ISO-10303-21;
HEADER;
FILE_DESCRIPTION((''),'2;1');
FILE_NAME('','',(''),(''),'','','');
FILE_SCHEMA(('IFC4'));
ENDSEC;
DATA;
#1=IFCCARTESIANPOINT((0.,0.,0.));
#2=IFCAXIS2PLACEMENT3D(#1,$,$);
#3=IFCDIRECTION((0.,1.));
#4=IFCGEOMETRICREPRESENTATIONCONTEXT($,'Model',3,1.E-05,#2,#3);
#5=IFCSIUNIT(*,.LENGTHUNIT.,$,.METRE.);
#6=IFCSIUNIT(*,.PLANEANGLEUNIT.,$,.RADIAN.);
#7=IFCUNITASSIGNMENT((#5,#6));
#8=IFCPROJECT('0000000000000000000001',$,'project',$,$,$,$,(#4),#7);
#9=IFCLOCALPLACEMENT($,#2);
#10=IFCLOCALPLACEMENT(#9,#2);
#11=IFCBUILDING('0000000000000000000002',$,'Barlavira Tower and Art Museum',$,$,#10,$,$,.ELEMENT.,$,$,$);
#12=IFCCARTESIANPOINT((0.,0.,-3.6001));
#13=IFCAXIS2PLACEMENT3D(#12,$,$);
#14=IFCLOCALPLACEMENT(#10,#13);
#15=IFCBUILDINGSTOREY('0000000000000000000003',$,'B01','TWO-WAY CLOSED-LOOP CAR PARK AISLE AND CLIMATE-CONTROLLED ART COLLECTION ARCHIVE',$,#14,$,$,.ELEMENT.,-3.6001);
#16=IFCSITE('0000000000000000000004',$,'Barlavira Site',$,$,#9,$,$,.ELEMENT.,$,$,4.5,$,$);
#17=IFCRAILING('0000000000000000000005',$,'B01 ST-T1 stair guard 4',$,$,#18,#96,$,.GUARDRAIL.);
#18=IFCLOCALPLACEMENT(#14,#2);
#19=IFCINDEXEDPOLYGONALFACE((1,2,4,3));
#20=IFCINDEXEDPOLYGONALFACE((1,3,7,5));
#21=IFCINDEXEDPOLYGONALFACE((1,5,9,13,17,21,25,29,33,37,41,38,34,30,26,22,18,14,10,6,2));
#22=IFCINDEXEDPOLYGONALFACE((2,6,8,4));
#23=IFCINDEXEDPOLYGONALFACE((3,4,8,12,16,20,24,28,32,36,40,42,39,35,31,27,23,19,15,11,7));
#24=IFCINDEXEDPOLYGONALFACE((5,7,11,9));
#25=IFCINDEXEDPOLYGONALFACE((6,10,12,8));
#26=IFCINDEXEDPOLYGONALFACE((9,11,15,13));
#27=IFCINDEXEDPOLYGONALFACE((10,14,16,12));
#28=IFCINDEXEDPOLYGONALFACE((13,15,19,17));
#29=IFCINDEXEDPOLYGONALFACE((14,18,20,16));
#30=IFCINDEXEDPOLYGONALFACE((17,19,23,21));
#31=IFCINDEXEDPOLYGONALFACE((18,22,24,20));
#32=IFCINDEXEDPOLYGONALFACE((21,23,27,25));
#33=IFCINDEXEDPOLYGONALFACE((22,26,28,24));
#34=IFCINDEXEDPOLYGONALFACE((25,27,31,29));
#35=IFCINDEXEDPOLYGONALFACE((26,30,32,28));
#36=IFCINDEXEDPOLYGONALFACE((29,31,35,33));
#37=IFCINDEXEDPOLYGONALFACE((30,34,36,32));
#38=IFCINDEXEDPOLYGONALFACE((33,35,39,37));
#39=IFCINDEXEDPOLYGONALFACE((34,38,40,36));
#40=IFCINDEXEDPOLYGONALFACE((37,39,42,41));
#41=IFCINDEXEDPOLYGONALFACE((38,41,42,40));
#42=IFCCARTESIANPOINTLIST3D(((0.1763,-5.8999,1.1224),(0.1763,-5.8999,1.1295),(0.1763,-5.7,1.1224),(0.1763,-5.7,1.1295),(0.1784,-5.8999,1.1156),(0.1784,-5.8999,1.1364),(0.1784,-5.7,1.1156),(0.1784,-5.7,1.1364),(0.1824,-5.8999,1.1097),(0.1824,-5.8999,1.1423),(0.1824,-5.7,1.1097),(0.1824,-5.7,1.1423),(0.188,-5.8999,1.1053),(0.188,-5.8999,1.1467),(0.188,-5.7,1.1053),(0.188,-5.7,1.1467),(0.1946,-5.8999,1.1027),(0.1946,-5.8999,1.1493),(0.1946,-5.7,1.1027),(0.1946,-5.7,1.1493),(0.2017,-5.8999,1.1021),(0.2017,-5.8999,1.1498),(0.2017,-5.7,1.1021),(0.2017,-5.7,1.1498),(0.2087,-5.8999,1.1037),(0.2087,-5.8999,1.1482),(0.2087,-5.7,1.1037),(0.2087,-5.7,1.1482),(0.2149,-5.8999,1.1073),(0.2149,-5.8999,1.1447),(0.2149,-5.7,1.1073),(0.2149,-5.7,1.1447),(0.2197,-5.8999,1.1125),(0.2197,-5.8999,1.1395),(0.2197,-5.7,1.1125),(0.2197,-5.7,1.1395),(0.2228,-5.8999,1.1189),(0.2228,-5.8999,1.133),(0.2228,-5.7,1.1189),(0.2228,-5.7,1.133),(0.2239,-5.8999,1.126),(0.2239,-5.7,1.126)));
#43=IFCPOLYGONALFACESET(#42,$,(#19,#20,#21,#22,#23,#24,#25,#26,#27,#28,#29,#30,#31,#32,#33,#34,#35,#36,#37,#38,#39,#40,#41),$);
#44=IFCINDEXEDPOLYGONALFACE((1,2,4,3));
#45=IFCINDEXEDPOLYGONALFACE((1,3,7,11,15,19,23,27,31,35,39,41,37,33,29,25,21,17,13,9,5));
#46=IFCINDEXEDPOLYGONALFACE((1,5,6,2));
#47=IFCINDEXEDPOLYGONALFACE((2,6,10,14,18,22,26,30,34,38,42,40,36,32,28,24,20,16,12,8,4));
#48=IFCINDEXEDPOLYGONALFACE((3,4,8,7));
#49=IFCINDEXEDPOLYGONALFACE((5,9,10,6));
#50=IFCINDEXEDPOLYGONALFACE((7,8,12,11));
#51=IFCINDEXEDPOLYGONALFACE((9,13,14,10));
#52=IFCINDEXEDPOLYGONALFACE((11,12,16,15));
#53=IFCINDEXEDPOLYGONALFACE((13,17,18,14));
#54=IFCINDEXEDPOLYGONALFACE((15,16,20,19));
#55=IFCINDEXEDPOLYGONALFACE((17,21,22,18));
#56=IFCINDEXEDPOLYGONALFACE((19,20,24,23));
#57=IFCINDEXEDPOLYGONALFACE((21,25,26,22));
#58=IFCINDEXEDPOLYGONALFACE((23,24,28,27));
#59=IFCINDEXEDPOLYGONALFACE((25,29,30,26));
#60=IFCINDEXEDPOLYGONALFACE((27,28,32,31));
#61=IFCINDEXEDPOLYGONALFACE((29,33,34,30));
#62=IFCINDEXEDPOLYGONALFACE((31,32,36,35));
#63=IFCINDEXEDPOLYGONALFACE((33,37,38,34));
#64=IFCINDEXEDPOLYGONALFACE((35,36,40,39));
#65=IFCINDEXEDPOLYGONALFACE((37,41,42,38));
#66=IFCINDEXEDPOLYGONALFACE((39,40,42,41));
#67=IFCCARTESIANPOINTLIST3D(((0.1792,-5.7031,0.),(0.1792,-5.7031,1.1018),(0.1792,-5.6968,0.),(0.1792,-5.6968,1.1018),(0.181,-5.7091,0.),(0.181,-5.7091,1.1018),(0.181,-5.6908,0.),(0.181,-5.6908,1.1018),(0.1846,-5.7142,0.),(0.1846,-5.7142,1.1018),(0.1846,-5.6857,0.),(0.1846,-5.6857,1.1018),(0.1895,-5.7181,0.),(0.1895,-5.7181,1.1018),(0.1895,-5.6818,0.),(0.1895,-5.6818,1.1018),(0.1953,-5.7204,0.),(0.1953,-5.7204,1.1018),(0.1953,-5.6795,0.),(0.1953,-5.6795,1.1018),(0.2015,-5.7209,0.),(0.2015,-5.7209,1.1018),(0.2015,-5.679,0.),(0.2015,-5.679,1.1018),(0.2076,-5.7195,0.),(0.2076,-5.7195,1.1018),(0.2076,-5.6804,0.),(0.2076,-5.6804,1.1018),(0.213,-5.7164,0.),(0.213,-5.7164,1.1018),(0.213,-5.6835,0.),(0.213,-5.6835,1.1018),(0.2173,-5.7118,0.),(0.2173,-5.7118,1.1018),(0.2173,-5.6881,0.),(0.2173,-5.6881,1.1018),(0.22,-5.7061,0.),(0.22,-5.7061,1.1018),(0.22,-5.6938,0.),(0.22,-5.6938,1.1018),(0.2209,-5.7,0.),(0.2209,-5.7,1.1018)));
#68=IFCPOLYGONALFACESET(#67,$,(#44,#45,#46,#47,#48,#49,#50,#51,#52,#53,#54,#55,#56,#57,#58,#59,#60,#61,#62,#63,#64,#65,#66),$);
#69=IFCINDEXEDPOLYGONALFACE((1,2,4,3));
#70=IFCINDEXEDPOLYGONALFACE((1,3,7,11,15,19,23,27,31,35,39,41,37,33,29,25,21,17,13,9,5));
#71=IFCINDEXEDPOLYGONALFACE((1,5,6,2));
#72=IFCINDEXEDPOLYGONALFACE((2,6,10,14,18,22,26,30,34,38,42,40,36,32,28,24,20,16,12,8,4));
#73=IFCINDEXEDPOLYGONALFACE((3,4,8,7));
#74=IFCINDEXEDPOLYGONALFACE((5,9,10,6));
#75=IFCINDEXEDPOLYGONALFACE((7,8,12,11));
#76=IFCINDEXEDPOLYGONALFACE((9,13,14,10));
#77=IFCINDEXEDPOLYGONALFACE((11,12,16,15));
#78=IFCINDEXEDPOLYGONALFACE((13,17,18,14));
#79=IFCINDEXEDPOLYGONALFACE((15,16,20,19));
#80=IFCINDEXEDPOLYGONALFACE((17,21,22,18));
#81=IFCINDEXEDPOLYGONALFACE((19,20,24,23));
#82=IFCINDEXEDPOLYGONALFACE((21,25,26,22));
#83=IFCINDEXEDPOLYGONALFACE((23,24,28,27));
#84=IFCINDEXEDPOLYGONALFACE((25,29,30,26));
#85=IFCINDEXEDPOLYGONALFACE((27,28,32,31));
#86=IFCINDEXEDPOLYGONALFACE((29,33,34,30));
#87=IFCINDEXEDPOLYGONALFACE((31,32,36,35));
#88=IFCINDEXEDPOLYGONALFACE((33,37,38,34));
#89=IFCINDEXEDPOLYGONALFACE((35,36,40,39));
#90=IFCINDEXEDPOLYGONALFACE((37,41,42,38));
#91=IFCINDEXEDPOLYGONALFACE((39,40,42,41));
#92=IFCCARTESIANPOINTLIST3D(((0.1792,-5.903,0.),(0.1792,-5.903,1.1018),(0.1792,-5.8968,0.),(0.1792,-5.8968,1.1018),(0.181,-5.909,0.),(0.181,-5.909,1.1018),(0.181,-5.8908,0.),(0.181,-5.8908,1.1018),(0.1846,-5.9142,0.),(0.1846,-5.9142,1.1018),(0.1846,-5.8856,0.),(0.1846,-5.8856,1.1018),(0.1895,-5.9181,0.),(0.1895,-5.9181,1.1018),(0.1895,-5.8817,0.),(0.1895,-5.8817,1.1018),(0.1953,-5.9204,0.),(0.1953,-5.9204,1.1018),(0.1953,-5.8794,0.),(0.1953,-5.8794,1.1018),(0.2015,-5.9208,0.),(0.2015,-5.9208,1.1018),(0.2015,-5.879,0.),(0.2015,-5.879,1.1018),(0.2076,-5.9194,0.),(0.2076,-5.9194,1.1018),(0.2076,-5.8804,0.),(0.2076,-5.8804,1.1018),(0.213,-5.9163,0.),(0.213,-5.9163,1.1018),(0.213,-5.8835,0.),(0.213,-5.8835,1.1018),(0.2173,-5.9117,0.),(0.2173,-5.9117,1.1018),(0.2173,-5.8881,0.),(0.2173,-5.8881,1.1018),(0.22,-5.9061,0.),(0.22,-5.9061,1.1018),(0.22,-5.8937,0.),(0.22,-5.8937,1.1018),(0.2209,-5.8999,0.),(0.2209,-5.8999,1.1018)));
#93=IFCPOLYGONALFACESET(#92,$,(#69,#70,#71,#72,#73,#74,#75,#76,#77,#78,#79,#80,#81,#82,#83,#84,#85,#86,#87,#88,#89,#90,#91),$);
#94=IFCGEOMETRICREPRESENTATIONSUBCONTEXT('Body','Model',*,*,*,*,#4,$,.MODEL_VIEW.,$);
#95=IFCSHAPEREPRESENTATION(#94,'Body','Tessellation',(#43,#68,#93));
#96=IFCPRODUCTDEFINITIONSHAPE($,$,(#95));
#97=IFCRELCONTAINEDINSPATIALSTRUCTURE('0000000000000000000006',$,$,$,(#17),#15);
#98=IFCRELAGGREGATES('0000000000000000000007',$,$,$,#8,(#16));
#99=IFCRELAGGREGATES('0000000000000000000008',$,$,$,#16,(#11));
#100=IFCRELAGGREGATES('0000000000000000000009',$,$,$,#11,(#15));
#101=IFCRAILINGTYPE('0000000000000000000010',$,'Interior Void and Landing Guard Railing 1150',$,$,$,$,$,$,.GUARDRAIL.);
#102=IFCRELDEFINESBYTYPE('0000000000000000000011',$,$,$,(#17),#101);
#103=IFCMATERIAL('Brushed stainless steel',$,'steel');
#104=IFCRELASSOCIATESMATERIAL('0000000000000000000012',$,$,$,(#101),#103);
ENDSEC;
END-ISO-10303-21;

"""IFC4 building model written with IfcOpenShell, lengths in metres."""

from ifc_helpers import new_model, si_unit, direction, frame, origin, origin_2d, place, context, subcontext, project, spatial, circle, extrude, material, type_object, element, save


model = new_model("IFC4")

# Units and contexts
model_context = context("Model", 3, precision=1e-05, world=origin(), true_north=direction((0.0, 1.0)))
body_context = subcontext(model_context, "Body", "Model", "MODEL_VIEW")
ifc_project = project(units=[si_unit("LENGTHUNIT", "METRE"), si_unit("PLANEANGLEUNIT", "RADIAN")], contexts=[model_context])

# Site, building, storey
site_placement = place(None, origin())
site = spatial("IfcSite", under=ifc_project, at=site_placement, Name="Barlavira Site", CompositionType="ELEMENT", RefElevation=4.5)
building_placement = place(site_placement, origin())
building = spatial("IfcBuilding", under=site, at=building_placement, Name="Barlavira Tower and Art Museum", CompositionType="ELEMENT")
storey_placement = place(building_placement, frame((0.0, 0.0, -3.6001)))
storey = spatial("IfcBuildingStorey", under=building, at=storey_placement, Name="B01", Description="TWO-WAY CLOSED-LOOP CAR PARK AISLE AND CLIMATE-CONTROLLED ART COLLECTION ARCHIVE", CompositionType="ELEMENT", Elevation=-3.6001)

# Shared definitions
ifc_material_1 = material(Name="Brushed stainless steel", Category="steel")

# Railing
railing_type_1 = type_object("IfcRailingType", Name="Interior Void and Landing Guard Railing 1150", PredefinedType="GUARDRAIL", material=ifc_material_1)
railing_1_placement = place(storey_placement, frame((0.2, -5.7, 0.0)))
element("IfcRailing", 1, at=railing_1_placement, inside=storey, type_object=railing_type_1, Name="B01 ST-T1 stair guard 4", PredefinedType="GUARDRAIL", context=body_context, shape_type="SweptSolid", body=[
    extrude(circle(Radius=0.0239, at=origin_2d()), frame((0.0, 0.0, 1.126), z_axis=(0.0, -1.0, 0.0), x_axis=(1.0, 0.0, 0.0)), (0.0, 0.0, 1.0), 0.2),
    extrude(circle(Radius=0.021, at=origin_2d()), origin(), (0.0, 0.0, 1.0), 1.1018),
    extrude(circle(Radius=0.021, at=origin_2d()), frame((0.0, -0.2, 0.0)), (0.0, 0.0, 1.0), 1.1018),
])

save(model, "model.ifc")
